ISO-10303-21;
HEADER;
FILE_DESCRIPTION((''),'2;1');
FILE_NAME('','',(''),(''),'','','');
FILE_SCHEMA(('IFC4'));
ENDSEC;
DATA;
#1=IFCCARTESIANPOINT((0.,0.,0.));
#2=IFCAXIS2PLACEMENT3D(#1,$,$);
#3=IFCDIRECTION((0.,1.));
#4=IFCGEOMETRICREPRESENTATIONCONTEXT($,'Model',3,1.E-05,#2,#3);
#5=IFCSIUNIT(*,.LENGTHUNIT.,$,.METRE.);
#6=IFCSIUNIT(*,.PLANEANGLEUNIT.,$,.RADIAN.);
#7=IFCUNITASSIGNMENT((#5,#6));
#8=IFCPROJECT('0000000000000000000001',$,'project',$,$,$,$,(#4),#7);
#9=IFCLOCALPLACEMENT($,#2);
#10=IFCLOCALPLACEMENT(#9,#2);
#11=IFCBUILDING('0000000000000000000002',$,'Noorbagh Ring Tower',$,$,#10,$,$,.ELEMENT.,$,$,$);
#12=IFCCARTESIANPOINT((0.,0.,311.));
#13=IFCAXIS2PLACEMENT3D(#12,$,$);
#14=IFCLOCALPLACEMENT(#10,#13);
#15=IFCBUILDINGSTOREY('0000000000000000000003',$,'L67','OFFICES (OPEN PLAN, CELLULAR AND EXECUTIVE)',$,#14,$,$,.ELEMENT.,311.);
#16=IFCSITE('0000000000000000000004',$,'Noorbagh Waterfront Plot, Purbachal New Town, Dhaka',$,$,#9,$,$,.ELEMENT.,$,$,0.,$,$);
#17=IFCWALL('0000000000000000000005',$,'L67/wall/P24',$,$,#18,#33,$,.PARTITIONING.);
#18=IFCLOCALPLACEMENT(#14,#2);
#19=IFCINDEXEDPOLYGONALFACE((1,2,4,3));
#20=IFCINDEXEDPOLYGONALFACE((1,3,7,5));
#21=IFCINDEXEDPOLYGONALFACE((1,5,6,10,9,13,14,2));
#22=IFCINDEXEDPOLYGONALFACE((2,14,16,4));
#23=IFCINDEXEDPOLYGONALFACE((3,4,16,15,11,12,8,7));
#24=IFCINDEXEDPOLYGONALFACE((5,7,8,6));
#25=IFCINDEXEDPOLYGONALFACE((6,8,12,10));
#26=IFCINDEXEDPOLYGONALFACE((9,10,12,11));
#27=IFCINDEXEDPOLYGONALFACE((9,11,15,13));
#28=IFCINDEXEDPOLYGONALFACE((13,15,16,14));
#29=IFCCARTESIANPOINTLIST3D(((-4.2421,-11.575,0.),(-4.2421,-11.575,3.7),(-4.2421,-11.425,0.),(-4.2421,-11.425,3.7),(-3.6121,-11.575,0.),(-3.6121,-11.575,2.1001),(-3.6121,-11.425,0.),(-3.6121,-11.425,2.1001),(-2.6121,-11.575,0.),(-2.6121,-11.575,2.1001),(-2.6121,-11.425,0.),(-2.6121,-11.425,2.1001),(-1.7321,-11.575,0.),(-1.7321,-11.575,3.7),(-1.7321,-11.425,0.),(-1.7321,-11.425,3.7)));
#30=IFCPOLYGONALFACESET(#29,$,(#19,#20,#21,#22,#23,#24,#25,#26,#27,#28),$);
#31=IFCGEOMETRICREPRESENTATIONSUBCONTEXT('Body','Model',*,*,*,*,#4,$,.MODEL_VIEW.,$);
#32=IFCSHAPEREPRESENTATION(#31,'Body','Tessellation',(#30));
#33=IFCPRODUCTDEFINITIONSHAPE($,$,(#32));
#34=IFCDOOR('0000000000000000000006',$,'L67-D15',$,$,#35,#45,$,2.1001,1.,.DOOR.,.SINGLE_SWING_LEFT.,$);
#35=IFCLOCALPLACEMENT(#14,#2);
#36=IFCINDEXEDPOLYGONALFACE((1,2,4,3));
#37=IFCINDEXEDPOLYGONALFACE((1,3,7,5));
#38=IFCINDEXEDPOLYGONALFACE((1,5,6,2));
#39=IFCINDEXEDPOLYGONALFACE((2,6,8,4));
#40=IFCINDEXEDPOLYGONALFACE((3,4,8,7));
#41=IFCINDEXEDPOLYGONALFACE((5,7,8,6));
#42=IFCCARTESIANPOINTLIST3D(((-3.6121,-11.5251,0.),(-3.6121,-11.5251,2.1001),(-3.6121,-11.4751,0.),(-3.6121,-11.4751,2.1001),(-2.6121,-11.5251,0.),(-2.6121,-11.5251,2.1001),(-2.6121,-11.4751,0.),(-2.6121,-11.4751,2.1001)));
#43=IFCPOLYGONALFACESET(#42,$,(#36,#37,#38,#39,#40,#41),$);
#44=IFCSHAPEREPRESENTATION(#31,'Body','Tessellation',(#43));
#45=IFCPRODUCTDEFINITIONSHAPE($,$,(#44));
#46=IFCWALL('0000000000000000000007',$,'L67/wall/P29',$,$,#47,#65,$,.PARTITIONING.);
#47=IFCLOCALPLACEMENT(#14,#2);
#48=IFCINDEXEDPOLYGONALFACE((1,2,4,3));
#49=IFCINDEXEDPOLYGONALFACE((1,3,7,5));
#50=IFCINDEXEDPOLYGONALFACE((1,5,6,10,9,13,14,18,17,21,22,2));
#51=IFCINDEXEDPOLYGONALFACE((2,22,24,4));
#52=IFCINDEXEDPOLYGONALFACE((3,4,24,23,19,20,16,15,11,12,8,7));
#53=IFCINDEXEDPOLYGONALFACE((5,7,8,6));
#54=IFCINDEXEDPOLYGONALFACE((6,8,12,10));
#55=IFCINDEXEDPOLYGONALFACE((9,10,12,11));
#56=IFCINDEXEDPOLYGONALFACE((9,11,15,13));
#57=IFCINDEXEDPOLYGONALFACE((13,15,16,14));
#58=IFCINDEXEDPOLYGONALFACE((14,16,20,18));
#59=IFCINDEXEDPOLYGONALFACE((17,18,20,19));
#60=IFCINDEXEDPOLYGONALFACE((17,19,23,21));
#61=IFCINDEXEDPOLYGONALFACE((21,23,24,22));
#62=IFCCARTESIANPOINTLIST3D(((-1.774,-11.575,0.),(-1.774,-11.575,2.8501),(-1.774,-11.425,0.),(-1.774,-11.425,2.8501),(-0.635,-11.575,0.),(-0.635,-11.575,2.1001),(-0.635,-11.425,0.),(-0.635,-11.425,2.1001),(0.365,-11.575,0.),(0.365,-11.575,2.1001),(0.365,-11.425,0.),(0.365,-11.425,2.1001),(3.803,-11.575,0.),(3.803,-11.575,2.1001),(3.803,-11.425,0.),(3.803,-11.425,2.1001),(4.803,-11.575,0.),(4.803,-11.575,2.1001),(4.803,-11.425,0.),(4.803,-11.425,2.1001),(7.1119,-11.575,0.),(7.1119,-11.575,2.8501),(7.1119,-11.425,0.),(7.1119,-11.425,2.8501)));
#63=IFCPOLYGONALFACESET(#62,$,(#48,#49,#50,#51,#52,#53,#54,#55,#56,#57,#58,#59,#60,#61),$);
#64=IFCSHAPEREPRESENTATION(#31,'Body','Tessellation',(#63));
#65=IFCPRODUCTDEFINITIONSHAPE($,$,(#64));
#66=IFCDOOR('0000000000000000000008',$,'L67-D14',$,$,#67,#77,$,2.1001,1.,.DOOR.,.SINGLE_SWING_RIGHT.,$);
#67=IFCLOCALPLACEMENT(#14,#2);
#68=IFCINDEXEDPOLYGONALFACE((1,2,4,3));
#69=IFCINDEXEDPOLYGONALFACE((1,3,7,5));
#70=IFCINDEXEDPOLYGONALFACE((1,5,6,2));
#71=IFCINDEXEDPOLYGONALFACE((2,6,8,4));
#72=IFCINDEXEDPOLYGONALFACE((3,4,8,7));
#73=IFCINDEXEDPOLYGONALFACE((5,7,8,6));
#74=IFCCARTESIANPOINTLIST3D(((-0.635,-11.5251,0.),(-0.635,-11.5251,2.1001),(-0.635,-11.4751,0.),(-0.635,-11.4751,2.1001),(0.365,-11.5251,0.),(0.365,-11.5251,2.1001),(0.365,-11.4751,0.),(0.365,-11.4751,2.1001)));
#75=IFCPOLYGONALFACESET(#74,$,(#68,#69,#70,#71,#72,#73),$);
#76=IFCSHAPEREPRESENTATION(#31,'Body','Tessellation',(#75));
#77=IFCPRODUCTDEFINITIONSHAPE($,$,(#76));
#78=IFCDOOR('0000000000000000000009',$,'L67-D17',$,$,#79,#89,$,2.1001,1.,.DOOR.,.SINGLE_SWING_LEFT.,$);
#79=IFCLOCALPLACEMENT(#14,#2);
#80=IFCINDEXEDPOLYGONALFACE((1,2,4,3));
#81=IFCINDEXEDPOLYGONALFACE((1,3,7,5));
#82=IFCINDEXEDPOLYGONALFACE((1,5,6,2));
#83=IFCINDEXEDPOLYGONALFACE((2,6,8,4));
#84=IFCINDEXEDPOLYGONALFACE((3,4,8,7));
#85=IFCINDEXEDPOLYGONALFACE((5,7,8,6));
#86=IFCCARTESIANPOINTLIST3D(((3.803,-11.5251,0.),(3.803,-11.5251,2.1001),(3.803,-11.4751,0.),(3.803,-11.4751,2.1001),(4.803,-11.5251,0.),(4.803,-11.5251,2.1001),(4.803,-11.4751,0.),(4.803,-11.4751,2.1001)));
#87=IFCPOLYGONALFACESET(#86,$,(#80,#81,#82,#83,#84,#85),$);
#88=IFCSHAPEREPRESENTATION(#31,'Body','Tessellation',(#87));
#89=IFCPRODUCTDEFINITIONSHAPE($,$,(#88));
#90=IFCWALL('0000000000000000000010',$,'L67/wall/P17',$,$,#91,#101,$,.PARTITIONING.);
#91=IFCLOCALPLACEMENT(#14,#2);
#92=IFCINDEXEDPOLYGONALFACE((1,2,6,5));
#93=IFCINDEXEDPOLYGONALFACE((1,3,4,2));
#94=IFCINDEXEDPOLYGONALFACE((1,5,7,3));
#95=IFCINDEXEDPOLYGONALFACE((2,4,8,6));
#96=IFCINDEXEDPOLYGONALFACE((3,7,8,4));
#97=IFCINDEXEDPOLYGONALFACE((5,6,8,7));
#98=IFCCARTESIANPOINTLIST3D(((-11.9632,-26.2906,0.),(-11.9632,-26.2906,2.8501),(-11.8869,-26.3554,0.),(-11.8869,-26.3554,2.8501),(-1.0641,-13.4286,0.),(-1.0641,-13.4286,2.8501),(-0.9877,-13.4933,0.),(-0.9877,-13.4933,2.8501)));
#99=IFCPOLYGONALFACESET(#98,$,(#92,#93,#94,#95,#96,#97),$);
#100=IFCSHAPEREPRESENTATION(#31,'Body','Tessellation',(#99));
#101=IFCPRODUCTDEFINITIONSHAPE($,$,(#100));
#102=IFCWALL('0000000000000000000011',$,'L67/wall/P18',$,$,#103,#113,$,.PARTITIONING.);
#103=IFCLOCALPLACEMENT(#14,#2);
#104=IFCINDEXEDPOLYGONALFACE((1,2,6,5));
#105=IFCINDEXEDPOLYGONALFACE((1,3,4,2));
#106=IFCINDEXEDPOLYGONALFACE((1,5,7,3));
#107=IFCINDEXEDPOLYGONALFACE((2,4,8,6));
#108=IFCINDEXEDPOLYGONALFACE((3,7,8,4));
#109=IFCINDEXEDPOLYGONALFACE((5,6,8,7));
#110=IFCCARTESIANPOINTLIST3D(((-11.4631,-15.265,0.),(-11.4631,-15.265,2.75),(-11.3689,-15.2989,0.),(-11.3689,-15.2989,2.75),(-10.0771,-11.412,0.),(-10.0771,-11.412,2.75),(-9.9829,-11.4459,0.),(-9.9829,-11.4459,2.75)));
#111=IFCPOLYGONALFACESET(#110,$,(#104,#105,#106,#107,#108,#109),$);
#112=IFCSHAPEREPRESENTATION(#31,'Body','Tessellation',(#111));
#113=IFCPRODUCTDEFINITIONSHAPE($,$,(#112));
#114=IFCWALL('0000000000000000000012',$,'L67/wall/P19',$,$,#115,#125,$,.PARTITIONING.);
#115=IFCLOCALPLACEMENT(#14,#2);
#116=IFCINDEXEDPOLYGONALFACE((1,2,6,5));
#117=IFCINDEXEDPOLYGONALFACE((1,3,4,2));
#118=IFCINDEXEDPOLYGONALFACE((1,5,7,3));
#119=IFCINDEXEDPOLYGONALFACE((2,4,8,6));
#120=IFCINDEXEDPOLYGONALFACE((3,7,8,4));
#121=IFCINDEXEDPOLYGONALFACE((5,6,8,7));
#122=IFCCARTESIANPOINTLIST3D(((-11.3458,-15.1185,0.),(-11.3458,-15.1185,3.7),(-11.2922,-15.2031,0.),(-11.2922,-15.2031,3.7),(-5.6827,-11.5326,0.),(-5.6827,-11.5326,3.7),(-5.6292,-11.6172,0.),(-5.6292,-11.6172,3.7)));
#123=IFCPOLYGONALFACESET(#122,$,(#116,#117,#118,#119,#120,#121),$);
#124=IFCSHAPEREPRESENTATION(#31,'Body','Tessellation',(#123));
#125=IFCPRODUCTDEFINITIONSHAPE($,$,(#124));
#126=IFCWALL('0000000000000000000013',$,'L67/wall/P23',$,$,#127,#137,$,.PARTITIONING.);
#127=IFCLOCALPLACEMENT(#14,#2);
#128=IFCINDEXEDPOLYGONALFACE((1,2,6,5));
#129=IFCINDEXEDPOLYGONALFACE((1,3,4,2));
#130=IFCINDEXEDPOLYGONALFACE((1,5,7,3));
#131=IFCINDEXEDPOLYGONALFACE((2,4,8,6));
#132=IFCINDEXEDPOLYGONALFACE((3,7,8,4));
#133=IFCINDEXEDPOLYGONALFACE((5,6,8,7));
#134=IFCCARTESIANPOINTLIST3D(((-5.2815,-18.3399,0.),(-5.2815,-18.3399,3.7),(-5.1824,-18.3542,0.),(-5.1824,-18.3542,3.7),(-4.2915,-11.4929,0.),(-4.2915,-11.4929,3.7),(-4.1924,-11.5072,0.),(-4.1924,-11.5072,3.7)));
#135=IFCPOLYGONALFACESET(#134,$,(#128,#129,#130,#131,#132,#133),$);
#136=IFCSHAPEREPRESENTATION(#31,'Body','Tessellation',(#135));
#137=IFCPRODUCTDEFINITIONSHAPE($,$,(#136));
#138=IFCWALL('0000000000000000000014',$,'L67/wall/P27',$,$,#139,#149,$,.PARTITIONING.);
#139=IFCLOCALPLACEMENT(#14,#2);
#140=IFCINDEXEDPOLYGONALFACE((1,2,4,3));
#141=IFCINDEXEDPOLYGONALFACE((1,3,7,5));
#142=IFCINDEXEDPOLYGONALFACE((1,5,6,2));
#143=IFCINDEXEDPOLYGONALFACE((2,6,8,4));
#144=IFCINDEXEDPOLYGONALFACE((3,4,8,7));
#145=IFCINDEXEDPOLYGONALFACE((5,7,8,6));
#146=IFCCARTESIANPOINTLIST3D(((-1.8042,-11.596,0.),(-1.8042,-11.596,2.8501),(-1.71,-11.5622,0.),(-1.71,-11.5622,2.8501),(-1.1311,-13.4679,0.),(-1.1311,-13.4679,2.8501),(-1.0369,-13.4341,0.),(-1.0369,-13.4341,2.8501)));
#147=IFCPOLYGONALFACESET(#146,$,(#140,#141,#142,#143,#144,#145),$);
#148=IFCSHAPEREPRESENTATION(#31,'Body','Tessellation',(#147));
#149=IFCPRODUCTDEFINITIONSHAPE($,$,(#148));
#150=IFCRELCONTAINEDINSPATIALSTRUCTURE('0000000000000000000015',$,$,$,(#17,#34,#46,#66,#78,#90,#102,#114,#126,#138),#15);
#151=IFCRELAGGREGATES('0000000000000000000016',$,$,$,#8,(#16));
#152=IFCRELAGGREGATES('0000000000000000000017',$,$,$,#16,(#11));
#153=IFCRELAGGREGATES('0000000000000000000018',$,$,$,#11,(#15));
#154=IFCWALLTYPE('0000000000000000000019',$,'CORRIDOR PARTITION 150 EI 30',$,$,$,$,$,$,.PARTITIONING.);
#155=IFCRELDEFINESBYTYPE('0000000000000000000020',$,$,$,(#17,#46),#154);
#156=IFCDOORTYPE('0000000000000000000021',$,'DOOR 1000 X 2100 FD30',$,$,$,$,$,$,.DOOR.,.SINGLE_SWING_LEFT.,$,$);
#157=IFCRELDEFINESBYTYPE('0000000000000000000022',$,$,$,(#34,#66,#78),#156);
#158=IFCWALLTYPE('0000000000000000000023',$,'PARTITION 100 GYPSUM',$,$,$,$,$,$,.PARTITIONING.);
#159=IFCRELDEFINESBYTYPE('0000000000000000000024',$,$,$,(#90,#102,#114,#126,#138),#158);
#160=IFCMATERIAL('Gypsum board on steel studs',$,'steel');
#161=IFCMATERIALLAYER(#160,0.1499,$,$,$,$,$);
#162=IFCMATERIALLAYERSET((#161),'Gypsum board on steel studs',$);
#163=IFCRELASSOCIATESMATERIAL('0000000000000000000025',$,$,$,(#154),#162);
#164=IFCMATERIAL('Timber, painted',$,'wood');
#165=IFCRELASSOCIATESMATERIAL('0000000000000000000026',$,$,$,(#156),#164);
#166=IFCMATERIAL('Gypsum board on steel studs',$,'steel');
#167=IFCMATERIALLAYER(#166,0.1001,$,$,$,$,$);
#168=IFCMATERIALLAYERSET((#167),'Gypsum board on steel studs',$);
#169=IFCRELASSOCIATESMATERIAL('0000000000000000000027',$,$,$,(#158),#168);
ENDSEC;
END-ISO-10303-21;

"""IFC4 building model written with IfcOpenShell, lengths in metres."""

from ifc_helpers import new_model, si_unit, direction, frame, frame_2d, origin, place, context, subcontext, project, spatial, rectangle, extrude, material, layer, layer_set, type_object, element, fill, save


model = new_model("IFC4")

# Units and contexts
model_context = context("Model", 3, precision=1e-05, world=origin(), true_north=direction((0.0, 1.0)))
body_context = subcontext(model_context, "Body", "Model", "MODEL_VIEW")
ifc_project = project(units=[si_unit("LENGTHUNIT", "METRE"), si_unit("PLANEANGLEUNIT", "RADIAN")], contexts=[model_context])

# Site, building, storey
site_placement = place(None, origin())
site = spatial("IfcSite", under=ifc_project, at=site_placement, Name="Noorbagh Waterfront Plot, Purbachal New Town, Dhaka", CompositionType="ELEMENT", RefElevation=0.0)
building_placement = place(site_placement, origin())
building = spatial("IfcBuilding", under=site, at=building_placement, Name="Noorbagh Ring Tower", CompositionType="ELEMENT")
storey_placement = place(building_placement, frame((0.0, 0.0, 311.0)))
storey = spatial("IfcBuildingStorey", under=building, at=storey_placement, Name="L67", Description="OFFICES (OPEN PLAN, CELLULAR AND EXECUTIVE)", CompositionType="ELEMENT", Elevation=311.0)

# Shared definitions
ifc_material_1 = material(Name="Gypsum board on steel studs", Category="steel")
ifc_layer_1 = layer(ifc_material_1, 0.1499)
ifc_layer_set_1 = layer_set([ifc_layer_1], Name="Gypsum board on steel studs")
wall_type_1 = type_object("IfcWallType", Name="CORRIDOR PARTITION 150 EI 30", PredefinedType="PARTITIONING", material=ifc_layer_set_1)

# Wall, opening, door
ifc_material_2 = material(Name="Timber, painted", Category="wood")
door_type = type_object("IfcDoorType", Name="DOOR 1000 X 2100 FD30", OperationType="SINGLE_SWING_LEFT", PredefinedType="DOOR", material=ifc_material_2)
wall_1_placement = place(storey_placement, frame((-4.2419, -11.5, 0.0), z_axis=(0.0, 0.0, 1.0), x_axis=(1.0, 0.0, 0.0)))
wall_1 = element("IfcWall", 1, at=wall_1_placement, inside=storey, type_object=wall_type_1, Name="L67/wall/P24", PredefinedType="PARTITIONING", context=body_context, shape_type="SweptSolid", body=[
    extrude(rectangle(XDim=2.51, YDim=0.1499, at=frame_2d((1.2549, 0.0))), origin(), (0.0, 0.0, 1.0), 3.7),
])
opening_1_placement = place(wall_1_placement, frame((0.6299, 0.0, 0.0)))
opening_1 = element("IfcOpeningElement", 2, at=opening_1_placement, cuts=wall_1, PredefinedType="OPENING", context=body_context, shape_type="SweptSolid", body=[
    extrude(rectangle(XDim=1.0, YDim=2.1001, at=frame_2d((0.5, 1.05))), frame((0.0, 0.085, 0.0), z_axis=(0.0, -1.0, 0.0), x_axis=(1.0, 0.0, 0.0)), (0.0, 0.0, 1.0), 0.1699),
])
door_1_placement = place(opening_1_placement, origin())
door_1 = element("IfcDoor", 3, at=door_1_placement, inside=storey, type_object=door_type, Name="L67-D15", OperationType="SINGLE_SWING_LEFT", OverallHeight=2.1001, OverallWidth=1.0, PredefinedType="DOOR", context=body_context, shape_type="SweptSolid", body=[
    extrude(rectangle(XDim=1.0, YDim=2.1001, at=frame_2d((0.5, 1.05))), frame((0.0, 0.0249, 0.0), z_axis=(0.0, -1.0, 0.0), x_axis=(1.0, 0.0, 0.0)), (0.0, 0.0, 1.0), 0.05),
])
fill(opening_1, door_1)

# Wall, openings, doors
wall_2_placement = place(storey_placement, frame((-1.7739, -11.5, 0.0), z_axis=(0.0, 0.0, 1.0), x_axis=(1.0, 0.0, 0.0)))
wall_2 = element("IfcWall", 4, at=wall_2_placement, inside=storey, type_object=wall_type_1, Name="L67/wall/P29", PredefinedType="PARTITIONING", context=body_context, shape_type="SweptSolid", body=[
    extrude(rectangle(XDim=8.886, YDim=0.1499, at=frame_2d((4.4429, 0.0))), origin(), (0.0, 0.0, 1.0), 2.8501),
])
opening_2_placement = place(wall_2_placement, frame((1.1389, 0.0, 0.0)))
opening_2 = element("IfcOpeningElement", 5, at=opening_2_placement, cuts=wall_2, PredefinedType="OPENING", context=body_context, shape_type="SweptSolid", body=[
    extrude(rectangle(XDim=1.0, YDim=2.1001, at=frame_2d((0.5, 1.05))), frame((0.0, 0.085, 0.0), z_axis=(0.0, -1.0, 0.0), x_axis=(1.0, 0.0, 0.0)), (0.0, 0.0, 1.0), 0.1699),
])
opening_3_placement = place(wall_2_placement, frame((5.5769, 0.0, 0.0)))
opening_3 = element("IfcOpeningElement", 6, at=opening_3_placement, cuts=wall_2, PredefinedType="OPENING", context=body_context, shape_type="SweptSolid", body=[
    extrude(rectangle(XDim=1.0, YDim=2.1001, at=frame_2d((0.5, 1.05))), frame((0.0, 0.085, 0.0), z_axis=(0.0, -1.0, 0.0), x_axis=(1.0, 0.0, 0.0)), (0.0, 0.0, 1.0), 0.1699),
])
door_2_placement = place(opening_2_placement, origin())
door_2 = element("IfcDoor", 7, at=door_2_placement, inside=storey, type_object=door_type, Name="L67-D14", OperationType="SINGLE_SWING_RIGHT", OverallHeight=2.1001, OverallWidth=1.0, PredefinedType="DOOR", context=body_context, shape_type="SweptSolid", body=[
    extrude(rectangle(XDim=1.0, YDim=2.1001, at=frame_2d((0.5, 1.05))), frame((0.0, 0.0249, 0.0), z_axis=(0.0, -1.0, 0.0), x_axis=(1.0, 0.0, 0.0)), (0.0, 0.0, 1.0), 0.05),
])
fill(opening_2, door_2)
door_3_placement = place(opening_3_placement, origin())
door_3 = element("IfcDoor", 8, at=door_3_placement, inside=storey, type_object=door_type, Name="L67-D17", OperationType="SINGLE_SWING_LEFT", OverallHeight=2.1001, OverallWidth=1.0, PredefinedType="DOOR", context=body_context, shape_type="SweptSolid", body=[
    extrude(rectangle(XDim=1.0, YDim=2.1001, at=frame_2d((0.5, 1.05))), frame((0.0, 0.0249, 0.0), z_axis=(0.0, -1.0, 0.0), x_axis=(1.0, 0.0, 0.0)), (0.0, 0.0, 1.0), 0.05),
])
fill(opening_3, door_3)

# Walls
ifc_material_3 = material(Name="Gypsum board on steel studs", Category="steel")
ifc_layer_2 = layer(ifc_material_3, 0.1001)
ifc_layer_set_2 = layer_set([ifc_layer_2], Name="Gypsum board on steel studs")
wall_type_2 = type_object("IfcWallType", Name="PARTITION 100 GYPSUM", PredefinedType="PARTITIONING", material=ifc_layer_set_2)
wall_3_placement = place(storey_placement, frame((-11.925, -26.323, 0.0), z_axis=(0.0, 0.0, 1.0), x_axis=(0.646491, 0.762921, 0.0)))
element("IfcWall", 9, at=wall_3_placement, inside=storey, type_object=wall_type_2, Name="L67/wall/P17", PredefinedType="PARTITIONING", context=body_context, shape_type="SweptSolid", body=[
    extrude(rectangle(XDim=16.8589, YDim=0.1001, at=frame_2d((8.4294, 0.0))), origin(), (0.0, 0.0, 1.0), 2.8501),
])
wall_4_placement = place(storey_placement, frame((-11.416, -15.282, 0.0), z_axis=(0.0, 0.0, 1.0), x_axis=(0.338481, 0.940973, 0.0)))
element("IfcWall", 10, at=wall_4_placement, inside=storey, type_object=wall_type_2, Name="L67/wall/P18", PredefinedType="PARTITIONING", context=body_context, shape_type="SweptSolid", body=[
    extrude(rectangle(XDim=4.0947, YDim=0.1001, at=frame_2d((2.0474, 0.0))), origin(), (0.0, 0.0, 1.0), 2.75),
])
wall_5_placement = place(storey_placement, frame((-11.3191, -15.1609, 0.0), z_axis=(0.0, 0.0, 1.0), x_axis=(0.844865, 0.534979, 0.0)))
element("IfcWall", 11, at=wall_5_placement, inside=storey, type_object=wall_type_2, Name="L67/wall/P19", PredefinedType="PARTITIONING", context=body_context, shape_type="SweptSolid", body=[
    extrude(rectangle(XDim=6.7029, YDim=0.1001, at=frame_2d((3.3516, 0.0))), origin(), (0.0, 0.0, 1.0), 3.7),
])
wall_6_placement = place(storey_placement, frame((-5.2319, -18.3469, 0.0), z_axis=(0.0, 0.0, 1.0), x_axis=(0.143101, 0.989708, 0.0)))
element("IfcWall", 12, at=wall_6_placement, inside=storey, type_object=wall_type_2, Name="L67/wall/P23", PredefinedType="PARTITIONING", context=body_context, shape_type="SweptSolid", body=[
    extrude(rectangle(XDim=6.9182, YDim=0.1001, at=frame_2d((3.459, 0.0))), origin(), (0.0, 0.0, 1.0), 3.7),
])
wall_7_placement = place(storey_placement, frame((-1.7571, -11.5791, 0.0), z_axis=(0.0, 0.0, 1.0), x_axis=(0.33838, -0.941009, 0.0)))
element("IfcWall", 13, at=wall_7_placement, inside=storey, type_object=wall_type_2, Name="L67/wall/P27", PredefinedType="PARTITIONING", context=body_context, shape_type="SweptSolid", body=[
    extrude(rectangle(XDim=1.9893, YDim=0.1001, at=frame_2d((0.9946, 0.0))), origin(), (0.0, 0.0, 1.0), 2.8501),
])

save(model, "model.ifc")
